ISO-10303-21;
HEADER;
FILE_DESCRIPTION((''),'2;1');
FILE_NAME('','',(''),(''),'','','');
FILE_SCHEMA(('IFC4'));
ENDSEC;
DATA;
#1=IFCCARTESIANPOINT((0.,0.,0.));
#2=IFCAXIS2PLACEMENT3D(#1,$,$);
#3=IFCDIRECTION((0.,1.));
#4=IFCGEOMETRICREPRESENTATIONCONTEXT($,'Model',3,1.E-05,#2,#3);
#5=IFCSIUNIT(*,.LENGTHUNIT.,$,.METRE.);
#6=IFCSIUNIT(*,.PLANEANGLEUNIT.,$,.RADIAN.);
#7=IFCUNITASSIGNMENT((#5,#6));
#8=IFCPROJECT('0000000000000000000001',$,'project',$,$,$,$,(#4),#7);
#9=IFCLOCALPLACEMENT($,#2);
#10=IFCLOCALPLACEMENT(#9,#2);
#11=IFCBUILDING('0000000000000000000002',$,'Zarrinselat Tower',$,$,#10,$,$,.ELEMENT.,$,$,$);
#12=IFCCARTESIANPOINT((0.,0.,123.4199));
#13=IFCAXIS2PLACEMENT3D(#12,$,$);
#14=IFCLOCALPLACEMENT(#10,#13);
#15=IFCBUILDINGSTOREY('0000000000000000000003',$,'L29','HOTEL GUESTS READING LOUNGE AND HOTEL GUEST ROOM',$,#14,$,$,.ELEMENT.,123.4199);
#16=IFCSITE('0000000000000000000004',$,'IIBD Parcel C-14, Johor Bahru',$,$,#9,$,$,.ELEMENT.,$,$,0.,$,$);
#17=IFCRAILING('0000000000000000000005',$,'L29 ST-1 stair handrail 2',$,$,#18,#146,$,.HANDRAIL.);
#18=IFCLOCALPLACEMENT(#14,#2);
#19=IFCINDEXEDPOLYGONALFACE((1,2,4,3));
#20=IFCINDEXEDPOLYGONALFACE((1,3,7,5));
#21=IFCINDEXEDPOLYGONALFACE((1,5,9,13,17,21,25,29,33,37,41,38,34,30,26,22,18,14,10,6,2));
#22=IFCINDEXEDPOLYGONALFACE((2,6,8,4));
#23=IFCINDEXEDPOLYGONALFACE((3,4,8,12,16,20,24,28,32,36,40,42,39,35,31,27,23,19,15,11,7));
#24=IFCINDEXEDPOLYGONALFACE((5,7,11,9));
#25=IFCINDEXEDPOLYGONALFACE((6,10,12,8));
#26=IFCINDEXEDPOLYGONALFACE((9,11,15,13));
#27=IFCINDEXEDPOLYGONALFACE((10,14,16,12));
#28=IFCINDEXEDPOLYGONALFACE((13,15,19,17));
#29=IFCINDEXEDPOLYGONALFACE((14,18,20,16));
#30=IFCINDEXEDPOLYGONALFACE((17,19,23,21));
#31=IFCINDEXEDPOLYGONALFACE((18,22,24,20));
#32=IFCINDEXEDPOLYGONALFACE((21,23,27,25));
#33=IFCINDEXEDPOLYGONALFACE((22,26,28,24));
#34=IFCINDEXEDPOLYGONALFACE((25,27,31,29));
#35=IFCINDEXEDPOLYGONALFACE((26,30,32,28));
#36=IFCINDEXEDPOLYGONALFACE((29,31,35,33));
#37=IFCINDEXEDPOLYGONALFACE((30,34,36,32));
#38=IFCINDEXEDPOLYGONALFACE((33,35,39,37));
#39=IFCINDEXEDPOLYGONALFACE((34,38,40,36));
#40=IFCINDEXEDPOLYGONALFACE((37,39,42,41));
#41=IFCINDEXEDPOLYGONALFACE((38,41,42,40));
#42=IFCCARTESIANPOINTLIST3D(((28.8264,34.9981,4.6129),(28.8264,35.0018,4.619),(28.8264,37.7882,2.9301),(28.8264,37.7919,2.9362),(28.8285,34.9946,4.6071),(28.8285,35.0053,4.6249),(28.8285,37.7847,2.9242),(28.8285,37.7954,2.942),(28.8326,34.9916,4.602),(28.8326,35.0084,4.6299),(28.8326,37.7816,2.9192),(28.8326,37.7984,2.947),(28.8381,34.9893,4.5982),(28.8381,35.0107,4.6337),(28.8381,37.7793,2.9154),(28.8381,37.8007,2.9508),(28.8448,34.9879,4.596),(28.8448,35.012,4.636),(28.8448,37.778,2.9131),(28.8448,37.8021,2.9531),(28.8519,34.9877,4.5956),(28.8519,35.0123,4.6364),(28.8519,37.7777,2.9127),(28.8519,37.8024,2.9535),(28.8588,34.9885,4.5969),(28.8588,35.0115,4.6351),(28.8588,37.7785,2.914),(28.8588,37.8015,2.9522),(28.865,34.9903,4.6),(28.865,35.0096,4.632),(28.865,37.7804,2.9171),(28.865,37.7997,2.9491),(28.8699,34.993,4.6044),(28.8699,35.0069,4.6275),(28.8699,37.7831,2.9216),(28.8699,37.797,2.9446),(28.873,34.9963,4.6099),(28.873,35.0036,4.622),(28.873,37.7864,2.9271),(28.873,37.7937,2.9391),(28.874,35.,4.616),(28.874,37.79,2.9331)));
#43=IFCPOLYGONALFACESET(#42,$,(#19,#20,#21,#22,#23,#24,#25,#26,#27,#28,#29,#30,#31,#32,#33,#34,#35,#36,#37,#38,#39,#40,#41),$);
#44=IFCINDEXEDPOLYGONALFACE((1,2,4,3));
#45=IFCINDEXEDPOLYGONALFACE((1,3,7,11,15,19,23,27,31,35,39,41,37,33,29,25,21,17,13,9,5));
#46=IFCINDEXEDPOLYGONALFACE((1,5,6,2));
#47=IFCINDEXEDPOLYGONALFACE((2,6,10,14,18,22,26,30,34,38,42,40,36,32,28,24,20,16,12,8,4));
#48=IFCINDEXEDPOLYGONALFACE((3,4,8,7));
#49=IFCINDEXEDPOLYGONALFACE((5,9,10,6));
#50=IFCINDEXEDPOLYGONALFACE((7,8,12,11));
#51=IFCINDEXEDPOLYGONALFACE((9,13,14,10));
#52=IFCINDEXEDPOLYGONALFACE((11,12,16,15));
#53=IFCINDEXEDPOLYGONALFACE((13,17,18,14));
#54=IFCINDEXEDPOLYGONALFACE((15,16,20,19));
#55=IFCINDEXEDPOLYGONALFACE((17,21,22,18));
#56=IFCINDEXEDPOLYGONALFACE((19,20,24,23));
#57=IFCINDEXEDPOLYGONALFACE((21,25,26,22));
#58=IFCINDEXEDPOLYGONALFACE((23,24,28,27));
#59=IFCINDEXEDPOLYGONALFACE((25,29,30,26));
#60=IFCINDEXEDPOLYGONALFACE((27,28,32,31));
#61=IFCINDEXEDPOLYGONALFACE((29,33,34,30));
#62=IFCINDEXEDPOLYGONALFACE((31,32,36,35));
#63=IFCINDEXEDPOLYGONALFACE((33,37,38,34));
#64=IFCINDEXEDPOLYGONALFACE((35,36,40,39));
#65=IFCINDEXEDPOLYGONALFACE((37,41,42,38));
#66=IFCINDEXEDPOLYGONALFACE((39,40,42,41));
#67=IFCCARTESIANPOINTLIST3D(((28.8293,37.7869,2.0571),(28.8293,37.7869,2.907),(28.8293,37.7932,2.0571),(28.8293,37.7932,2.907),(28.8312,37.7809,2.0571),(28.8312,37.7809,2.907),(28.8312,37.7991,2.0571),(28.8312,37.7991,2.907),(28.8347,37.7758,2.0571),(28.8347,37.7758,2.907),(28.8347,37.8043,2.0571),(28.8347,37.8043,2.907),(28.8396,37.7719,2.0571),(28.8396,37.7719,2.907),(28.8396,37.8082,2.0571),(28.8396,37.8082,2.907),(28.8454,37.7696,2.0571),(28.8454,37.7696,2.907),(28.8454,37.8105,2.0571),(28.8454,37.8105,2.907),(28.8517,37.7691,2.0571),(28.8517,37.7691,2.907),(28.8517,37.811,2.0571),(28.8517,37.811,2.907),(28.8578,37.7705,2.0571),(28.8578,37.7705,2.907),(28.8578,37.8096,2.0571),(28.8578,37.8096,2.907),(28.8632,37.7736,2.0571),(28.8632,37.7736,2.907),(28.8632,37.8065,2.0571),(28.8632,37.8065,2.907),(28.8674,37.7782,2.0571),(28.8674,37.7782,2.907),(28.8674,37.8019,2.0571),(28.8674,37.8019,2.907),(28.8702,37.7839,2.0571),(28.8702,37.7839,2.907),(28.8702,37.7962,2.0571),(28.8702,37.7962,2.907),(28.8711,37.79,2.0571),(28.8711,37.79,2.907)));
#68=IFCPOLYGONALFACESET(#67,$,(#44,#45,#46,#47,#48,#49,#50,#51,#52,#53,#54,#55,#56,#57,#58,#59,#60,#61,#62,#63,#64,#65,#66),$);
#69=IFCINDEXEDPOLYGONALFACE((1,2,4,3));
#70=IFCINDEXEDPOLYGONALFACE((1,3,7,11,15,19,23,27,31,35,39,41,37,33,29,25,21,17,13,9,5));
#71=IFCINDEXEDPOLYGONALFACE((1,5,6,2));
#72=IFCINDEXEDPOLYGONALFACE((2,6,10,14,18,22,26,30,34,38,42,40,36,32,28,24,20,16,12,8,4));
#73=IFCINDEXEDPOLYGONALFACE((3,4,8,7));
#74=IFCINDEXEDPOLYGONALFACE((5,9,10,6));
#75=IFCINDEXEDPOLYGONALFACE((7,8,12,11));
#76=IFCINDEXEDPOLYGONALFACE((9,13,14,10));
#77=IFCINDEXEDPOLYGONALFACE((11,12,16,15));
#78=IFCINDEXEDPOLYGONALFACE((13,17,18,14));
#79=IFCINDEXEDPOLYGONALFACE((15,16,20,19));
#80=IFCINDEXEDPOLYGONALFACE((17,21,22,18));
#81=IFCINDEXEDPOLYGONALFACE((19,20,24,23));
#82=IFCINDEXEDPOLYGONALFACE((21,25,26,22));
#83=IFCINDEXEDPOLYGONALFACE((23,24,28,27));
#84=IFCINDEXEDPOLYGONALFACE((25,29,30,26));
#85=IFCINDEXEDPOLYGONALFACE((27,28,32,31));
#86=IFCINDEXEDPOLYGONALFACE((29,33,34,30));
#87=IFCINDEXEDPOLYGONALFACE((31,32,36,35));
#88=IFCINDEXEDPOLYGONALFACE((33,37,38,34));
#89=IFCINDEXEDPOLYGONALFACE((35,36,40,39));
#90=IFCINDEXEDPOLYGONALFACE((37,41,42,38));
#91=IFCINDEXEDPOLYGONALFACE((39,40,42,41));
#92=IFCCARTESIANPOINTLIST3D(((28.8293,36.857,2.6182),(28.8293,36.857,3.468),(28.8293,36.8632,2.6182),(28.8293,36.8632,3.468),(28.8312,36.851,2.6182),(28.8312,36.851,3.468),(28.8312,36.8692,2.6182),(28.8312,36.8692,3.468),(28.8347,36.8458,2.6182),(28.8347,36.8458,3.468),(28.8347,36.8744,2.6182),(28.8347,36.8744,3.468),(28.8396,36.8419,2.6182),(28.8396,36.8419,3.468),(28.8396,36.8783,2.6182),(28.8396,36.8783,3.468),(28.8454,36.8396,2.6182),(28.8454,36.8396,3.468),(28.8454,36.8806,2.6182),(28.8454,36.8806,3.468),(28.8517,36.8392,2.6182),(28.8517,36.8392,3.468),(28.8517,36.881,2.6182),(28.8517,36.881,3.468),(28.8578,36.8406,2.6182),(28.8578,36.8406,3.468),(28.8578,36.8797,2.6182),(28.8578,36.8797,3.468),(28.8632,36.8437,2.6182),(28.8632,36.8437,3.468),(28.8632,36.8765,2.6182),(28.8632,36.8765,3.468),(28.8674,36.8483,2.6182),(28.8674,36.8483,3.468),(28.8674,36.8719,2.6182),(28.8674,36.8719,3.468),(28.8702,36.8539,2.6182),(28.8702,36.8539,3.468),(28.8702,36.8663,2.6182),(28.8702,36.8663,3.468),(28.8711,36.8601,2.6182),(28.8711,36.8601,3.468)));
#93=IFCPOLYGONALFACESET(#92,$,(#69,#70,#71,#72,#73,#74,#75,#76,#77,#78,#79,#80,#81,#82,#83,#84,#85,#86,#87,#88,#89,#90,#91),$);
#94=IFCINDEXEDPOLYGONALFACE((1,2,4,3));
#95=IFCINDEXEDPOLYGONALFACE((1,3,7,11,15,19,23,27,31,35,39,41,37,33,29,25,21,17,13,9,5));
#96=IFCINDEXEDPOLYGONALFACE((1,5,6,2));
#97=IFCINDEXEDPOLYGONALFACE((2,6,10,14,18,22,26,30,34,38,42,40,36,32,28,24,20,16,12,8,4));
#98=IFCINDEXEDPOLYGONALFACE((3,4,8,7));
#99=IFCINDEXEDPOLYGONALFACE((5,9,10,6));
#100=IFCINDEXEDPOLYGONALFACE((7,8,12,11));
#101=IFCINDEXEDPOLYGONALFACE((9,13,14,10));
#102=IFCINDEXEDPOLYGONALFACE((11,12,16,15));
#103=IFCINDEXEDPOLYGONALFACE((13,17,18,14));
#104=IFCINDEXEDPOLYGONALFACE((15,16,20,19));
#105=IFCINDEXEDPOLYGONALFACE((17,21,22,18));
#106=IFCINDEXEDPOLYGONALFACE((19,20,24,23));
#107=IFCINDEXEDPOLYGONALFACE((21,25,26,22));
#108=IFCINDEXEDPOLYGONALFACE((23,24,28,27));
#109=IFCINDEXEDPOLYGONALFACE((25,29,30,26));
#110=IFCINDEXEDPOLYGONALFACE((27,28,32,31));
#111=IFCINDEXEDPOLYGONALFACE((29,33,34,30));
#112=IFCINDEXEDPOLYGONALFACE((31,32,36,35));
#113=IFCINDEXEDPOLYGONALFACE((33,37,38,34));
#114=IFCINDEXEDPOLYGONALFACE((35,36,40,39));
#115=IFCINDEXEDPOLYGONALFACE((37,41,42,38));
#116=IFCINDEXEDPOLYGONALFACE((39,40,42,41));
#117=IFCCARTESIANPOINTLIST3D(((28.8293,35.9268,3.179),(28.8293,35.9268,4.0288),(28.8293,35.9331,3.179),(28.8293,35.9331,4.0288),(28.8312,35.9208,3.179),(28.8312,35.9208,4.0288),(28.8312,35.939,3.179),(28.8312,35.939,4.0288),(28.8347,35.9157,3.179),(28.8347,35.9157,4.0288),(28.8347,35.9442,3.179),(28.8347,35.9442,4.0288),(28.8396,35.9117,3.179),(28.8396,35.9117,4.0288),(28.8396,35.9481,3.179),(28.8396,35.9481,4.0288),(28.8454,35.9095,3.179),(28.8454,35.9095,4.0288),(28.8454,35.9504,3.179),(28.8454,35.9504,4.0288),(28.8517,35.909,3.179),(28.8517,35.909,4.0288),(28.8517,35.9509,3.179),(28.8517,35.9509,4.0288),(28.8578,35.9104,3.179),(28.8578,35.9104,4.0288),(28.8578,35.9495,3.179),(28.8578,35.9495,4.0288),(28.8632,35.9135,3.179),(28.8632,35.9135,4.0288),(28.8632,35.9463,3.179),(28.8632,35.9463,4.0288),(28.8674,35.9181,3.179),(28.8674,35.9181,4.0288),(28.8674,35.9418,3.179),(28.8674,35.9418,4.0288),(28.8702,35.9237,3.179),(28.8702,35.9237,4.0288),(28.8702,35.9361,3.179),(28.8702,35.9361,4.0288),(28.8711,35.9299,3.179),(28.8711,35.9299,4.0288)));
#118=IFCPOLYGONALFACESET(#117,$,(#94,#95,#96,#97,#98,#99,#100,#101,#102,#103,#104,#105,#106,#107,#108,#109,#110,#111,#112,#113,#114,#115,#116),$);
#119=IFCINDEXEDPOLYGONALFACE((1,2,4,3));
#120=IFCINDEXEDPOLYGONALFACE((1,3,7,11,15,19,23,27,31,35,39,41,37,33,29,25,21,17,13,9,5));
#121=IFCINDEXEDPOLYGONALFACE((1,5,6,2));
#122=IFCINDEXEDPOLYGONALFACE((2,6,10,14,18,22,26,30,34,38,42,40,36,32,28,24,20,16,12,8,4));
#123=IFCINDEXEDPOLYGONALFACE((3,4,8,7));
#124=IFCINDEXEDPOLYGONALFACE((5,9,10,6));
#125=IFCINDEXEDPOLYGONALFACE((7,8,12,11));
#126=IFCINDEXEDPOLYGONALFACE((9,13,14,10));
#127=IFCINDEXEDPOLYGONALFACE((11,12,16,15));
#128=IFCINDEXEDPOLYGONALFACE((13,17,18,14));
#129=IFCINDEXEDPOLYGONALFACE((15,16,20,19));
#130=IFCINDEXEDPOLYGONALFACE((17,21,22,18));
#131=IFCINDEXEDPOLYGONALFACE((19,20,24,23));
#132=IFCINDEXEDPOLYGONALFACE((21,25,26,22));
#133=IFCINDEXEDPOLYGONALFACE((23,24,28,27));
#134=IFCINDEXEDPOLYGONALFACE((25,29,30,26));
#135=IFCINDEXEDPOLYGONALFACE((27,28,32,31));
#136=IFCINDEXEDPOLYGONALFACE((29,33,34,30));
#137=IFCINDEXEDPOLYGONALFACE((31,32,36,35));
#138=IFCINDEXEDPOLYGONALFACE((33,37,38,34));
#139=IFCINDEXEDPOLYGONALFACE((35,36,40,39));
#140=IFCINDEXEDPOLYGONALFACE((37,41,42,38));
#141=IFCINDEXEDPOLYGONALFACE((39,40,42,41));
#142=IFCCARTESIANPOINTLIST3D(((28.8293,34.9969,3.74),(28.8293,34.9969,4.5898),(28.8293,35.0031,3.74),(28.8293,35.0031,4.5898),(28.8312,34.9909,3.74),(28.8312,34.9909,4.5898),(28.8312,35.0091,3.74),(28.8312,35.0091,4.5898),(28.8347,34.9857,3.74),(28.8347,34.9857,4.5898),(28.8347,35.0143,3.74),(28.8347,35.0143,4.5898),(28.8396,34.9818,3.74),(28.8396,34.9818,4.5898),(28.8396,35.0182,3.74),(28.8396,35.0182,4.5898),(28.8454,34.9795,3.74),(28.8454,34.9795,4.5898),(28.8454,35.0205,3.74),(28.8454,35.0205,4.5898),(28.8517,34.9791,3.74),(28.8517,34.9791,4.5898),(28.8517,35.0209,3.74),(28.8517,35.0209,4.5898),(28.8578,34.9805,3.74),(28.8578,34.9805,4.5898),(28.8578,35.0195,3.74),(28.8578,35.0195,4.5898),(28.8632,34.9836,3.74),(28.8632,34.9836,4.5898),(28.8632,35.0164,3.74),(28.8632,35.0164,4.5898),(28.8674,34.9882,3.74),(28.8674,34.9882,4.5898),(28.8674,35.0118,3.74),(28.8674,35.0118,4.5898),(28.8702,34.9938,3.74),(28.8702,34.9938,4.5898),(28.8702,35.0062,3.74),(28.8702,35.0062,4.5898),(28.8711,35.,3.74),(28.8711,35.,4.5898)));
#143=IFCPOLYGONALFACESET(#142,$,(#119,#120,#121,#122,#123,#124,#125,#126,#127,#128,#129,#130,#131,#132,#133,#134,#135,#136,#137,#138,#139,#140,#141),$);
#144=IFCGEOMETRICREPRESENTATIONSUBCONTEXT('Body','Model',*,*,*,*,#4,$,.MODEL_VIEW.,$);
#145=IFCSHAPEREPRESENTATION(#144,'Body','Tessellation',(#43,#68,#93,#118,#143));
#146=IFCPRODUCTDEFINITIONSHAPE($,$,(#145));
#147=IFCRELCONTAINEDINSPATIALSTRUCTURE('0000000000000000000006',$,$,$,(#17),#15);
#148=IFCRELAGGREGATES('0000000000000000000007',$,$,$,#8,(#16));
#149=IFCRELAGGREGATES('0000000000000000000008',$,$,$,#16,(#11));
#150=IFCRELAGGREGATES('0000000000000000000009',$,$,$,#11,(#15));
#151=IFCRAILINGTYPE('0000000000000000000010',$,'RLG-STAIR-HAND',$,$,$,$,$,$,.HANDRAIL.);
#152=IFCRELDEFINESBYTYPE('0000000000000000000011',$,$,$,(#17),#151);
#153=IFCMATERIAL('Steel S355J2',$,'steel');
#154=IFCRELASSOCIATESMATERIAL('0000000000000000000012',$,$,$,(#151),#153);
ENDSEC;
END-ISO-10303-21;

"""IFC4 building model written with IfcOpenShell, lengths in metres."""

from ifc_helpers import new_model, si_unit, direction, frame, origin, origin_2d, place, context, subcontext, project, spatial, circle, extrude, material, type_object, element, save


model = new_model("IFC4")

# Units and contexts
model_context = context("Model", 3, precision=1e-05, world=origin(), true_north=direction((0.0, 1.0)))
body_context = subcontext(model_context, "Body", "Model", "MODEL_VIEW")
ifc_project = project(units=[si_unit("LENGTHUNIT", "METRE"), si_unit("PLANEANGLEUNIT", "RADIAN")], contexts=[model_context])

# Site, building, storey
site_placement = place(None, origin())
site = spatial("IfcSite", under=ifc_project, at=site_placement, Name="IIBD Parcel C-14, Johor Bahru", CompositionType="ELEMENT", RefElevation=0.0)
building_placement = place(site_placement, origin())
building = spatial("IfcBuilding", under=site, at=building_placement, Name="Zarrinselat Tower", CompositionType="ELEMENT")
storey_placement = place(building_placement, frame((0.0, 0.0, 123.4199)))
storey = spatial("IfcBuildingStorey", under=building, at=storey_placement, Name="L29", Description="HOTEL GUESTS READING LOUNGE AND HOTEL GUEST ROOM", CompositionType="ELEMENT", Elevation=123.4199)

# Railing
ifc_material_1 = material(Name="Steel S355J2", Category="steel")
railing_type_1 = type_object("IfcRailingType", Name="RLG-STAIR-HAND", PredefinedType="HANDRAIL", material=ifc_material_1)
railing_1_placement = place(storey_placement, frame((28.8501, 37.79, 2.0571)))
element("IfcRailing", 1, at=railing_1_placement, inside=storey, type_object=railing_type_1, Name="L29 ST-1 stair handrail 2", PredefinedType="HANDRAIL", context=body_context, shape_type="SweptSolid", body=[
    extrude(circle(Radius=0.0239, at=origin_2d()), frame((0.0, 0.0, 0.876), z_axis=(0.0, -0.856294, 0.516489), x_axis=(1.0, 0.0, 0.0)), (0.0, 0.0, 1.0), 3.2583),
    extrude(circle(Radius=0.021, at=origin_2d()), origin(), (0.0, 0.0, 1.0), 0.8499),
    extrude(circle(Radius=0.021, at=origin_2d()), frame((0.0, -0.9299, 0.561)), (0.0, 0.0, 1.0), 0.8499),
    extrude(circle(Radius=0.021, at=origin_2d()), frame((0.0, -1.8601, 1.1218)), (0.0, 0.0, 1.0), 0.8499),
    extrude(circle(Radius=0.021, at=origin_2d()), frame((0.0, -2.79, 1.6829)), (0.0, 0.0, 1.0), 0.8499),
])

save(model, "model.ifc")
